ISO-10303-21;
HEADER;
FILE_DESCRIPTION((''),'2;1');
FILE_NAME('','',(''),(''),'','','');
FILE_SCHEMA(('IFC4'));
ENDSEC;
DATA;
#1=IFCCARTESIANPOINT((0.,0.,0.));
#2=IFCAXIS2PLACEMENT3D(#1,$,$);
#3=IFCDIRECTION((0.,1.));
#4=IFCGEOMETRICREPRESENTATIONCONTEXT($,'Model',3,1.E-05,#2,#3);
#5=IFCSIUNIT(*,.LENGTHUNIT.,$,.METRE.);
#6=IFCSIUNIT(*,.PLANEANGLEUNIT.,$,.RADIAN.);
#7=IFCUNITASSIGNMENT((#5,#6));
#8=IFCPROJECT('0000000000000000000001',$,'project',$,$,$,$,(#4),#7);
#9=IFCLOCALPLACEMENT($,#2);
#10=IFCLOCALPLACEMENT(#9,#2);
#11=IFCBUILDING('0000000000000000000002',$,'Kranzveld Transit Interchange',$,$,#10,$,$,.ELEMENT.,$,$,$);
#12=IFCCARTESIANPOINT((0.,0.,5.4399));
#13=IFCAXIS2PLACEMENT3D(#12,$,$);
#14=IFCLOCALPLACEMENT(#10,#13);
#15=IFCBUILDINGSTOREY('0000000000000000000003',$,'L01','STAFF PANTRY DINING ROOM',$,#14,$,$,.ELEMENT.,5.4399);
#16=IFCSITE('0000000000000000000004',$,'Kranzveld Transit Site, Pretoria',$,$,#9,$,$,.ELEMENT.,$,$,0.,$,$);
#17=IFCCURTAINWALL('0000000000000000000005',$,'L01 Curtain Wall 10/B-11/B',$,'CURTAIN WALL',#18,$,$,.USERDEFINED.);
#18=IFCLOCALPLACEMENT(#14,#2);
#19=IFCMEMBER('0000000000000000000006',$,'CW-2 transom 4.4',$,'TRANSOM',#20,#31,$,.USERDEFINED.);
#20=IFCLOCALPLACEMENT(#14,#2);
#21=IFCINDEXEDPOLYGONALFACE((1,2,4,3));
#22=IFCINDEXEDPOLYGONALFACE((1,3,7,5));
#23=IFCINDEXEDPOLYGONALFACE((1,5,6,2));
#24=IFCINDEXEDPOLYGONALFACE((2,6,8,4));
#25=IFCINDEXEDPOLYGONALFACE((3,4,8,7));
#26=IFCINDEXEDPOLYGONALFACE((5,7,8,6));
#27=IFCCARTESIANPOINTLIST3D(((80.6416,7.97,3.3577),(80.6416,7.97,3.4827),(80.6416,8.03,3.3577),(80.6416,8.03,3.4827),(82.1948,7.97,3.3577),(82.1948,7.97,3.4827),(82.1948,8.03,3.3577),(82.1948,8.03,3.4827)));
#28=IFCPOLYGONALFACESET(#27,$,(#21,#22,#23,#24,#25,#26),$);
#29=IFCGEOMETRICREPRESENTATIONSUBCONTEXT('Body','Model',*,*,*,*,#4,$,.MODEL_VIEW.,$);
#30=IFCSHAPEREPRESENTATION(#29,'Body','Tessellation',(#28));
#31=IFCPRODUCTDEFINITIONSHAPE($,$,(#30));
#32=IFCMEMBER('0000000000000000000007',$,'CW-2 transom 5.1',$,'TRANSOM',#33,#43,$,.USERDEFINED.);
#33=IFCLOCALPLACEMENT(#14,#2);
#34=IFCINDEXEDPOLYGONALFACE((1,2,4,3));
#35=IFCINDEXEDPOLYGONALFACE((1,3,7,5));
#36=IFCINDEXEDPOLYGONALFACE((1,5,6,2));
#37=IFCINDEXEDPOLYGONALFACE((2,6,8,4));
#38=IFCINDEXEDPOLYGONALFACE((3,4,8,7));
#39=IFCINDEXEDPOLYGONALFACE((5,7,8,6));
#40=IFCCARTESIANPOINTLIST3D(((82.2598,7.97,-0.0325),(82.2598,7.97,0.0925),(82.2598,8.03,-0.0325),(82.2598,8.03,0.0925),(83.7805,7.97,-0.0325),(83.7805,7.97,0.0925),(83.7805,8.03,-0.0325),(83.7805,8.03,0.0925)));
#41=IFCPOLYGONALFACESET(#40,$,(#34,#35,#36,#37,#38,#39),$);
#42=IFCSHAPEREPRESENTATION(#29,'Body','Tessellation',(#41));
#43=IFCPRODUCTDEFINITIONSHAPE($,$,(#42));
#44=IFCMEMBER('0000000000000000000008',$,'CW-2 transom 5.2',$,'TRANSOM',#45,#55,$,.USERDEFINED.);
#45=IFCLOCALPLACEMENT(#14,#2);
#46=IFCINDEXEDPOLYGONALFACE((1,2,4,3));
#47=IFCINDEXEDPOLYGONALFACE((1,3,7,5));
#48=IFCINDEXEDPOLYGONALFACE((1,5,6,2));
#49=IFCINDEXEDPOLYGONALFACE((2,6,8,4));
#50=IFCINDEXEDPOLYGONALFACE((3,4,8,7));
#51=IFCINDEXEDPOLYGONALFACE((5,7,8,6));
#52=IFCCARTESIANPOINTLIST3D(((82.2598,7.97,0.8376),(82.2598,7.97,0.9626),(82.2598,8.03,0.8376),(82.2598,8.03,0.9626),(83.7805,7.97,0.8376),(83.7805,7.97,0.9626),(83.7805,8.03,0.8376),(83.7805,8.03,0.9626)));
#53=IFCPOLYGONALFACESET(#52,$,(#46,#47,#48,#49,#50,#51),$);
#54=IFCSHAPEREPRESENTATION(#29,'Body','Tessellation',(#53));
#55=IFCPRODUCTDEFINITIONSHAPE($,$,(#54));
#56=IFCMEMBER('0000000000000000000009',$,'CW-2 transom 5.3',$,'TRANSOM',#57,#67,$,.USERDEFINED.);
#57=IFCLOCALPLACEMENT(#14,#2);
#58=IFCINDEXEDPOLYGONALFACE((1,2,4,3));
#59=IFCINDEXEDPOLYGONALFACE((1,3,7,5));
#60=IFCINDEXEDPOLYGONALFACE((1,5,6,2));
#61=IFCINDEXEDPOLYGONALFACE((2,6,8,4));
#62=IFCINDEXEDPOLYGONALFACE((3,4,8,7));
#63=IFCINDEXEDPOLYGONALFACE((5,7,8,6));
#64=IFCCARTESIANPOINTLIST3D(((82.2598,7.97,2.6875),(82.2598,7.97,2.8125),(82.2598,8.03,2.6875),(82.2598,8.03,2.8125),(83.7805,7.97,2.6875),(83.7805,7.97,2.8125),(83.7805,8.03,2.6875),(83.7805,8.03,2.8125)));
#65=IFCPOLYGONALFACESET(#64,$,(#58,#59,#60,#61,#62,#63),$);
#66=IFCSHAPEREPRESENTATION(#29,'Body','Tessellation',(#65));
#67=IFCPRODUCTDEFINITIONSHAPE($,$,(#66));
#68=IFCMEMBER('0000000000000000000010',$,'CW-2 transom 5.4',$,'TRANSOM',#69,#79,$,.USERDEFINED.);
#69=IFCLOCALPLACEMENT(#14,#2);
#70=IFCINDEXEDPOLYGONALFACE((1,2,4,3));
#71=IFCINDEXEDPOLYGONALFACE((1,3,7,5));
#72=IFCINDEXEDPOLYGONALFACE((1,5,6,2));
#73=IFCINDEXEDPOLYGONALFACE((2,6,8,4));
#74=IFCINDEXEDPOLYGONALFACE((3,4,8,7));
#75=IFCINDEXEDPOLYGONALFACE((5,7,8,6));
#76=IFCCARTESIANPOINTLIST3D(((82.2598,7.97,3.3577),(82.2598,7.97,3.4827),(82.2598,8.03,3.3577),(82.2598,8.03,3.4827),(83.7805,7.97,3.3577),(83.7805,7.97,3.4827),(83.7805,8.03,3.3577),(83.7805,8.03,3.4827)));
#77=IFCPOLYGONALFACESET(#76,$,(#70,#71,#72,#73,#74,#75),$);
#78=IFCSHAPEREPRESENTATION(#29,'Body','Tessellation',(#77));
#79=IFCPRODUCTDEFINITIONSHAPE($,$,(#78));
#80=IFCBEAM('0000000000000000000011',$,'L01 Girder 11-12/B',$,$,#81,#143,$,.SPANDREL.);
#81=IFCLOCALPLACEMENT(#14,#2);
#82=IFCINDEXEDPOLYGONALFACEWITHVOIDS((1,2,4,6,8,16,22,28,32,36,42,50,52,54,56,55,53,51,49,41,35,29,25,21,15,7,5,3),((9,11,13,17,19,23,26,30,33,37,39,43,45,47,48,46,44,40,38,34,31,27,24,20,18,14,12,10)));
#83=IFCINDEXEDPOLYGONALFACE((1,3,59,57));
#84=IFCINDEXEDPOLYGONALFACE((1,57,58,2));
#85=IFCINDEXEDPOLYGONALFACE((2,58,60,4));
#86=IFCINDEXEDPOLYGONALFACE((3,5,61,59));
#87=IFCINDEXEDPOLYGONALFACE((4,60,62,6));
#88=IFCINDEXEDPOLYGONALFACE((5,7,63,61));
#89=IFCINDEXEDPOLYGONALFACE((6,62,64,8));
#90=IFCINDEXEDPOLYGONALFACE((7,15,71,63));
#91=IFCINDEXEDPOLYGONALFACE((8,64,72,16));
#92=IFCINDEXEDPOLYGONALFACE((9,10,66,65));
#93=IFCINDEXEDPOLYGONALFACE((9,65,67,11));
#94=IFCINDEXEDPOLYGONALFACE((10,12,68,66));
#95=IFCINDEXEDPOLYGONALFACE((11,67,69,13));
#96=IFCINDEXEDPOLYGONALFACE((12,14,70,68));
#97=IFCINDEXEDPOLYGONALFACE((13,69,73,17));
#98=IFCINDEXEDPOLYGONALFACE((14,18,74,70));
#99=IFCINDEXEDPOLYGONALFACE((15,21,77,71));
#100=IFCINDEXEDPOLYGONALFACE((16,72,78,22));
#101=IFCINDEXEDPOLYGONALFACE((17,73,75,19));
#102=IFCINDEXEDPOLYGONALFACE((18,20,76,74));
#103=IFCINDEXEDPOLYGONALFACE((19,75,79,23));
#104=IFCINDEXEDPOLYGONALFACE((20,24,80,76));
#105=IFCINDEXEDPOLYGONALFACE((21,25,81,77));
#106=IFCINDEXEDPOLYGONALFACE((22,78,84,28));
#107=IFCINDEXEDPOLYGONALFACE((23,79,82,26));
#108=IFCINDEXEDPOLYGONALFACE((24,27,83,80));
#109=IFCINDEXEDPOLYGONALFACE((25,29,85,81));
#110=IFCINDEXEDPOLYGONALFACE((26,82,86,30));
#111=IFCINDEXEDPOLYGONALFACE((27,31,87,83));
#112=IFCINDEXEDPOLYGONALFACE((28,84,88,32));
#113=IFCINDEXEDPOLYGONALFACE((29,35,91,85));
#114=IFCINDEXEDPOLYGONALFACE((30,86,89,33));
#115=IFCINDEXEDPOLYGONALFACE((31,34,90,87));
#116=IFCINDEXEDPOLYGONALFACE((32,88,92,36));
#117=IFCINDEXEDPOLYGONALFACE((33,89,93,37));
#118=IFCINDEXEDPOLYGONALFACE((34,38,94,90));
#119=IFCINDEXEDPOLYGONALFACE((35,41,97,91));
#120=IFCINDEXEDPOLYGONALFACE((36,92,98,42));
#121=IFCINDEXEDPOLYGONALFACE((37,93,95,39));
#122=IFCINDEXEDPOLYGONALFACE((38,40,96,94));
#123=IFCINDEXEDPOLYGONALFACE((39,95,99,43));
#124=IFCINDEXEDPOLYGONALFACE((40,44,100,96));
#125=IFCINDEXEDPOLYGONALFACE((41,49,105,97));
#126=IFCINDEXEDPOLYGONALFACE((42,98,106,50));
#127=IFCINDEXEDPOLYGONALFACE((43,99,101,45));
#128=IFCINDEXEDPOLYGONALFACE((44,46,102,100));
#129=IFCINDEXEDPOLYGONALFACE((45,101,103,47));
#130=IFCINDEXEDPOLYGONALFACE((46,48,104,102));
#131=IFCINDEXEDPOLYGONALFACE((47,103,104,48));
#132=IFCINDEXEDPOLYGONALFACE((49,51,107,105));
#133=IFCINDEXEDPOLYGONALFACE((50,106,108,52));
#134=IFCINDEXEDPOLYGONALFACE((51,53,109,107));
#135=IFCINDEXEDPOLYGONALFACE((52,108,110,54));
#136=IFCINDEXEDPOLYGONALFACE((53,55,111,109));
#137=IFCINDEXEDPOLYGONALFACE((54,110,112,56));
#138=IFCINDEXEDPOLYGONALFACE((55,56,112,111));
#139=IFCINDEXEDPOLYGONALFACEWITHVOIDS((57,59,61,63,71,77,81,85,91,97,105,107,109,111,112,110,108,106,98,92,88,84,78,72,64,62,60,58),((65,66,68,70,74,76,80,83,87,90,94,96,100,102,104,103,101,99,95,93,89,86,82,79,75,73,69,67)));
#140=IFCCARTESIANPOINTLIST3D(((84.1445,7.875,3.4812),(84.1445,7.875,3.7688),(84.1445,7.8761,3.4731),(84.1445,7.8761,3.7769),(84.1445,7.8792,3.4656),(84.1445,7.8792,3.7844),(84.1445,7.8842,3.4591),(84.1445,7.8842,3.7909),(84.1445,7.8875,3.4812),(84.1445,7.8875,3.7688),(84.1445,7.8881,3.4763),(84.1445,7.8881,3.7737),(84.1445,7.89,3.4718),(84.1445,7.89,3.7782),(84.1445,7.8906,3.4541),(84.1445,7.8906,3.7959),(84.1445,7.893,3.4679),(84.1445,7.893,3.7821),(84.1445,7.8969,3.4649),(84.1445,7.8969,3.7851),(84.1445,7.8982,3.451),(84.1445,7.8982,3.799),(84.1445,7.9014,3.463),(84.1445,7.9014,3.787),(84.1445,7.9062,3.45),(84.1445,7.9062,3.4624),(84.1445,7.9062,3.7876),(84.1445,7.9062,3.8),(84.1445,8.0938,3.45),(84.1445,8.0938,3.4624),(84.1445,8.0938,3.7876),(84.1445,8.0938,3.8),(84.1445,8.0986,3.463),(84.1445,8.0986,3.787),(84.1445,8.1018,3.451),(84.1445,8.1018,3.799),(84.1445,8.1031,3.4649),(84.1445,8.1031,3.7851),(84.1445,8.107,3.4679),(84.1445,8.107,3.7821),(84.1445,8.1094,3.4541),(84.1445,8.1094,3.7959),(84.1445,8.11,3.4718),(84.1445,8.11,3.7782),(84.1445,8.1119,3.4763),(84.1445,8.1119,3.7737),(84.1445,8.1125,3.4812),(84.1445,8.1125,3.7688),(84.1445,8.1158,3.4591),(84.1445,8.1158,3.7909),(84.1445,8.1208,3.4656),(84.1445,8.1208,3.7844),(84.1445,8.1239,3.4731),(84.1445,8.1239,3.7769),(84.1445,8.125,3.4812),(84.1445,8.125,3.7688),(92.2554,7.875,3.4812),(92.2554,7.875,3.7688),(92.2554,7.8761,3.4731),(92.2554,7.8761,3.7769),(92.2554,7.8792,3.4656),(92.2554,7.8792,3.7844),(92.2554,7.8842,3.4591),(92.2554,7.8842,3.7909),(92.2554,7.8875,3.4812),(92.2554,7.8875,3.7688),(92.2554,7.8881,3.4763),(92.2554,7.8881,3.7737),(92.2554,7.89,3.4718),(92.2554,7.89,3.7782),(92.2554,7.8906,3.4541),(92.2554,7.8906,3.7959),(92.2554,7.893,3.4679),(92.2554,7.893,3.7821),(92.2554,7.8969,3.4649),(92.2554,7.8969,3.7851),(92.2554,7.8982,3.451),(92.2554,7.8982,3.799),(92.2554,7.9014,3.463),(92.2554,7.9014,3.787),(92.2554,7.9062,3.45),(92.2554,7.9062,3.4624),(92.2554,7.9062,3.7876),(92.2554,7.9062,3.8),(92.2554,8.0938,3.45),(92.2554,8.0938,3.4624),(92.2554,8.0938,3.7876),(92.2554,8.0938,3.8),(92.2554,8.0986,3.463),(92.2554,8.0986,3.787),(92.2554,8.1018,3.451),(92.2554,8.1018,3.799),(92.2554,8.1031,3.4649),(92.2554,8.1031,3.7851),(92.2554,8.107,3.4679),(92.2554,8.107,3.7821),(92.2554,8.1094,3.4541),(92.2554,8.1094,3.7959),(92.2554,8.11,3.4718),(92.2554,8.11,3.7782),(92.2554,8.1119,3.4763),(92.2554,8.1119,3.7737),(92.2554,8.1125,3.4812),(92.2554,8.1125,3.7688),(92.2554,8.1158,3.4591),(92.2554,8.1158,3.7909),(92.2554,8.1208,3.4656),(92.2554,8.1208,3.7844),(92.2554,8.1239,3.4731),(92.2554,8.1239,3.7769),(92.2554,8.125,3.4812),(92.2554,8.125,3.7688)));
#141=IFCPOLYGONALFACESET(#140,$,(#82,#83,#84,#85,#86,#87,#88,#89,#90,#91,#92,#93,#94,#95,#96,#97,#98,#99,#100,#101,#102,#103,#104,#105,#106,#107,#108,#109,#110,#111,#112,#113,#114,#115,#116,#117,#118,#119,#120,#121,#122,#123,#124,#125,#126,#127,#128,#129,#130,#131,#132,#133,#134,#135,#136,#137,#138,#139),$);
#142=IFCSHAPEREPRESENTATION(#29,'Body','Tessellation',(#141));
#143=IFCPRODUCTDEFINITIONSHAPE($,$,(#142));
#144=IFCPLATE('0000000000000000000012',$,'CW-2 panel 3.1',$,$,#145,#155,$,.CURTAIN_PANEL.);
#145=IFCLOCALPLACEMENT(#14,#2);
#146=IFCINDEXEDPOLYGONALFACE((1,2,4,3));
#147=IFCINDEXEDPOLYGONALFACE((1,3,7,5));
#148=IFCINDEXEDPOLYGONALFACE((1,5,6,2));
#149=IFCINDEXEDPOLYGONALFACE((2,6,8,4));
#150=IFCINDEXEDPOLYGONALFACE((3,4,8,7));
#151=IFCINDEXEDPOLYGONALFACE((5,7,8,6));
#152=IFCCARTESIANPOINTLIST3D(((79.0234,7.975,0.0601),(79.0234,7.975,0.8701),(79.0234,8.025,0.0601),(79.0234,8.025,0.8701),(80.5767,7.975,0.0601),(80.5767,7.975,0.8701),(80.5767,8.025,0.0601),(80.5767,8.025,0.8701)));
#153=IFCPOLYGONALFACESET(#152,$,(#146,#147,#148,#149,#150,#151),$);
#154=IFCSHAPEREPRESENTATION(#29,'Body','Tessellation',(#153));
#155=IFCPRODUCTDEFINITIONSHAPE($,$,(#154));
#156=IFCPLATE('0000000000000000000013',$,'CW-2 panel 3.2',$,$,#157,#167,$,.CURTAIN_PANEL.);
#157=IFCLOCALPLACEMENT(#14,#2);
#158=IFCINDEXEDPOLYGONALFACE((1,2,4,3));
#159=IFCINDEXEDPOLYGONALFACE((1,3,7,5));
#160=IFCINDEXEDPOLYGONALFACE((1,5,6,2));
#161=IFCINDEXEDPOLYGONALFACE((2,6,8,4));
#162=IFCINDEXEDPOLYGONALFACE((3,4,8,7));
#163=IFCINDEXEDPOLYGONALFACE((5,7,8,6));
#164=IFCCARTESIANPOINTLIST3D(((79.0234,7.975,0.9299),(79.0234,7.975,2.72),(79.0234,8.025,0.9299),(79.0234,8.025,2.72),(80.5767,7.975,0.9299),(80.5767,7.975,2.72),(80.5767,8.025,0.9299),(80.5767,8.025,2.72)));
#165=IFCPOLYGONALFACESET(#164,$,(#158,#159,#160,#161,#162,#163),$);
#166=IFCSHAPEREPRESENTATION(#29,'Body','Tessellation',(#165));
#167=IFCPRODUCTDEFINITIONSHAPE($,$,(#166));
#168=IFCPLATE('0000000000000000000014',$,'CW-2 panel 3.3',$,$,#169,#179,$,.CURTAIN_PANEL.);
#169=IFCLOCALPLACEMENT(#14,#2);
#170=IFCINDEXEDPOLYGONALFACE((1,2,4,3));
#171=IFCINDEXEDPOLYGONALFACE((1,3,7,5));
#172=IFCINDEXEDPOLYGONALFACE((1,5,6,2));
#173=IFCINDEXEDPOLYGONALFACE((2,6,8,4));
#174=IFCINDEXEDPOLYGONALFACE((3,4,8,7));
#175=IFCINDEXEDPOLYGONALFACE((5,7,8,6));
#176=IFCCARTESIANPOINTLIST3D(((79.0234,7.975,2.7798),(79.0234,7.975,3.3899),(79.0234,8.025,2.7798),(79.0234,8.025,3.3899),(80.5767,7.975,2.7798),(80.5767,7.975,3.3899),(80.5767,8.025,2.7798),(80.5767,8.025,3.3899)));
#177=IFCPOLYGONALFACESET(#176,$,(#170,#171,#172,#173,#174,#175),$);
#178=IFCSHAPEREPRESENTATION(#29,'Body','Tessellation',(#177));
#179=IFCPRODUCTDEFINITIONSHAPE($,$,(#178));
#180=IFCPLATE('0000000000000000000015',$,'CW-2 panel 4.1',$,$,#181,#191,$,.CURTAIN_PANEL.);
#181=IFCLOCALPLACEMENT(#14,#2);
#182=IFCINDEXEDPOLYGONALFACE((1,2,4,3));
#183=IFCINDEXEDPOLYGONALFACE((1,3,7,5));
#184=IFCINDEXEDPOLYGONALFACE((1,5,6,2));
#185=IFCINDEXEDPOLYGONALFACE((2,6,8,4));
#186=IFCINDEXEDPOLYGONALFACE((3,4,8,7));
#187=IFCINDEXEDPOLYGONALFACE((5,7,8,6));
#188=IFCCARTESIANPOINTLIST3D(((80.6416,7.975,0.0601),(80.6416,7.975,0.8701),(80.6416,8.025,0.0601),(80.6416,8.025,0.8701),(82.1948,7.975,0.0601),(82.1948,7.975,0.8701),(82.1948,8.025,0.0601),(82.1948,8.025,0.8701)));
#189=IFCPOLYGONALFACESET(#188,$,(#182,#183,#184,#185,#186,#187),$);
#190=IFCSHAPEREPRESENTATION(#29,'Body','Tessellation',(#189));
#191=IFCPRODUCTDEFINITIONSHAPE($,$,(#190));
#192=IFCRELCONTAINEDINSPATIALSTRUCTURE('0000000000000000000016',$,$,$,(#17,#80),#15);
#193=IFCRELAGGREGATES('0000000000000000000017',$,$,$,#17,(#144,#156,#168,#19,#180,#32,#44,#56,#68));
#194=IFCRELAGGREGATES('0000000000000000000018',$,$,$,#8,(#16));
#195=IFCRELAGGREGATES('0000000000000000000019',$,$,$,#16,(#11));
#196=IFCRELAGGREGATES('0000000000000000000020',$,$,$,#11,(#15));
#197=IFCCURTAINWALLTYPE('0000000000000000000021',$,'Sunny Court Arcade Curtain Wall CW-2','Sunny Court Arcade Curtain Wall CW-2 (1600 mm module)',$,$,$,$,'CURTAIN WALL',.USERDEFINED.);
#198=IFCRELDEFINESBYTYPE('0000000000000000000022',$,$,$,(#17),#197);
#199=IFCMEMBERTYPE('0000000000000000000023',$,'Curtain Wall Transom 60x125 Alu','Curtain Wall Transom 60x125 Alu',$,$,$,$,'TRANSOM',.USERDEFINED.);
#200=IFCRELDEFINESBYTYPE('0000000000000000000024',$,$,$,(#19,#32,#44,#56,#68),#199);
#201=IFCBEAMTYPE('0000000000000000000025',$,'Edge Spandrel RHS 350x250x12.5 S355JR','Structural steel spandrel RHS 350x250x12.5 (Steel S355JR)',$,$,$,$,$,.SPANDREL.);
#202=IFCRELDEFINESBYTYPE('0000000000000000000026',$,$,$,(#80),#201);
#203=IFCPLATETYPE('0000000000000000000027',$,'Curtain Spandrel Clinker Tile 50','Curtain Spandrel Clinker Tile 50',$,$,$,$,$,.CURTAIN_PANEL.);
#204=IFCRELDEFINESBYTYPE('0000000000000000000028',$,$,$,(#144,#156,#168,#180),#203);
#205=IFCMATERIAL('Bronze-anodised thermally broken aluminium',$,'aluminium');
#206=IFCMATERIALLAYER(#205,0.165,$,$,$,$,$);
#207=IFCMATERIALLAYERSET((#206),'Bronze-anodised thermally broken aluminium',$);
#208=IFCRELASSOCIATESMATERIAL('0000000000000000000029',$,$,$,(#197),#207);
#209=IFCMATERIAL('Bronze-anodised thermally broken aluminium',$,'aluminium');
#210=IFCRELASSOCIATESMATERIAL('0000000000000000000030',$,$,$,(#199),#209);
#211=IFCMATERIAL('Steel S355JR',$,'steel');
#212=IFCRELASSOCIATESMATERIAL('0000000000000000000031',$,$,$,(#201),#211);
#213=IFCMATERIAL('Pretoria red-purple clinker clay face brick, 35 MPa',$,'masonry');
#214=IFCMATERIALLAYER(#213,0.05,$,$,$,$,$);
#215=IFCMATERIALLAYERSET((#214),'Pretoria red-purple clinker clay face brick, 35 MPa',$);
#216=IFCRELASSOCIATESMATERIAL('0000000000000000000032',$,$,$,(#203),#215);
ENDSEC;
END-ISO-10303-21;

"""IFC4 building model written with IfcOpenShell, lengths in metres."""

from ifc_helpers import new_model, si_unit, direction, frame, origin, origin_2d, place, context, subcontext, project, spatial, rectangle, hollow_rectangle, extrude, material, layer, layer_set, material_profile, profile_set, type_object, element, aggregate, save


model = new_model("IFC4")

# Units and contexts
model_context = context("Model", 3, precision=1e-05, world=origin(), true_north=direction((0.0, 1.0)))
body_context = subcontext(model_context, "Body", "Model", "MODEL_VIEW")
ifc_project = project(units=[si_unit("LENGTHUNIT", "METRE"), si_unit("PLANEANGLEUNIT", "RADIAN")], contexts=[model_context])

# Site, building, storey
site_placement = place(None, origin())
site = spatial("IfcSite", under=ifc_project, at=site_placement, Name="Kranzveld Transit Site, Pretoria", CompositionType="ELEMENT", RefElevation=0.0)
building_placement = place(site_placement, origin())
building = spatial("IfcBuilding", under=site, at=building_placement, Name="Kranzveld Transit Interchange", CompositionType="ELEMENT")
storey_placement = place(building_placement, frame((0.0, 0.0, 5.4399)))
storey = spatial("IfcBuildingStorey", under=building, at=storey_placement, Name="L01", Description="STAFF PANTRY DINING ROOM", CompositionType="ELEMENT", Elevation=5.4399)

# Curtain wall, members
ifc_material_1 = material(Name="Bronze-anodised thermally broken aluminium", Category="aluminium")
ifc_layer_1 = layer(ifc_material_1, 0.165)
ifc_layer_set_1 = layer_set([ifc_layer_1], Name="Bronze-anodised thermally broken aluminium")
curtain_wall_type = type_object("IfcCurtainWallType", Name="Sunny Court Arcade Curtain Wall CW-2", Description="Sunny Court Arcade Curtain Wall CW-2 (1600 mm module)", ElementType="CURTAIN WALL", PredefinedType="USERDEFINED", material=ifc_layer_set_1)
curtain_wall_placement = place(storey_placement, origin())
curtain_wall = element("IfcCurtainWall", 1, at=curtain_wall_placement, inside=storey, type_object=curtain_wall_type, Name="L01 Curtain Wall 10/B-11/B", ObjectType="CURTAIN WALL", PredefinedType="USERDEFINED")
ifc_material_2 = material(Name="Bronze-anodised thermally broken aluminium", Category="aluminium")
ifc_material_profile_1 = material_profile(ifc_material_2, rectangle(XDim=0.0601, YDim=0.125, at=origin_2d()), Name="ALU TRANSOM 60x125")
ifc_profile_set_1 = profile_set([ifc_material_profile_1], Name="Bronze-anodised thermally broken aluminium")
member_type_1 = type_object("IfcMemberType", Name="Curtain Wall Transom 60x125 Alu", Description="Curtain Wall Transom 60x125 Alu", ElementType="TRANSOM", PredefinedType="USERDEFINED", material=ifc_profile_set_1)
member_1_placement = place(storey_placement, frame((80.6416, 8.0, 3.4202), z_axis=(1.0, 0.0, 0.0), x_axis=(0.0, 1.0, 0.0)))
member_1 = element("IfcMember", 2, at=member_1_placement, type_object=member_type_1, Name="CW-2 transom 4.4", ObjectType="TRANSOM", PredefinedType="USERDEFINED", context=body_context, shape_type="SweptSolid", body=[
    extrude(rectangle(XDim=0.0601, YDim=0.125, at=origin_2d()), origin(), (0.0, 0.0, 1.0), 1.5532),
])
member_2_placement = place(storey_placement, frame((82.2598, 8.0, 0.03), z_axis=(1.0, 0.0, 0.0), x_axis=(0.0, 1.0, 0.0)))
member_2 = element("IfcMember", 3, at=member_2_placement, type_object=member_type_1, Name="CW-2 transom 5.1", ObjectType="TRANSOM", PredefinedType="USERDEFINED", context=body_context, shape_type="SweptSolid", body=[
    extrude(rectangle(XDim=0.0601, YDim=0.125, at=origin_2d()), origin(), (0.0, 0.0, 1.0), 1.5208),
])
member_3_placement = place(storey_placement, frame((82.2598, 8.0, 0.9001), z_axis=(1.0, 0.0, 0.0), x_axis=(0.0, 1.0, 0.0)))
member_3 = element("IfcMember", 4, at=member_3_placement, type_object=member_type_1, Name="CW-2 transom 5.2", ObjectType="TRANSOM", PredefinedType="USERDEFINED", context=body_context, shape_type="SweptSolid", body=[
    extrude(rectangle(XDim=0.0601, YDim=0.125, at=origin_2d()), origin(), (0.0, 0.0, 1.0), 1.5208),
])
member_4_placement = place(storey_placement, frame((82.2598, 8.0, 2.75), z_axis=(1.0, 0.0, 0.0), x_axis=(0.0, 1.0, 0.0)))
member_4 = element("IfcMember", 5, at=member_4_placement, type_object=member_type_1, Name="CW-2 transom 5.3", ObjectType="TRANSOM", PredefinedType="USERDEFINED", context=body_context, shape_type="SweptSolid", body=[
    extrude(rectangle(XDim=0.0601, YDim=0.125, at=origin_2d()), origin(), (0.0, 0.0, 1.0), 1.5208),
])
member_5_placement = place(storey_placement, frame((82.2598, 8.0, 3.4202), z_axis=(1.0, 0.0, 0.0), x_axis=(0.0, 1.0, 0.0)))
member_5 = element("IfcMember", 6, at=member_5_placement, type_object=member_type_1, Name="CW-2 transom 5.4", ObjectType="TRANSOM", PredefinedType="USERDEFINED", context=body_context, shape_type="SweptSolid", body=[
    extrude(rectangle(XDim=0.0601, YDim=0.125, at=origin_2d()), origin(), (0.0, 0.0, 1.0), 1.5208),
])

# Beam
ifc_material_3 = material(Name="Steel S355JR", Category="steel")
ifc_material_profile_2 = material_profile(ifc_material_3, hollow_rectangle(XDim=0.25, YDim=0.3501, WallThickness=0.0125, InnerFilletRadius=0.0188, OuterFilletRadius=0.0312, at=origin_2d()), Name="RHS 350x250x12.5")
ifc_profile_set_2 = profile_set([ifc_material_profile_2], Name="Steel S355JR")
beam_type_1 = type_object("IfcBeamType", Name="Edge Spandrel RHS 350x250x12.5 S355JR", Description="Structural steel spandrel RHS 350x250x12.5 (Steel S355JR)", PredefinedType="SPANDREL", material=ifc_profile_set_2)
beam_1_placement = place(storey_placement, frame((84.1445, 8.0, 3.625), z_axis=(1.0, 0.0, 0.0), x_axis=(0.0, 1.0, 0.0)))
element("IfcBeam", 7, at=beam_1_placement, inside=storey, type_object=beam_type_1, Name="L01 Girder 11-12/B", PredefinedType="SPANDREL", context=body_context, shape_type="SweptSolid", body=[
    extrude(hollow_rectangle(XDim=0.25, YDim=0.3501, WallThickness=0.0125, InnerFilletRadius=0.0188, OuterFilletRadius=0.0312, at=origin_2d()), origin(), (0.0, 0.0, 1.0), 8.1108),
])

# Plates
ifc_material_4 = material(Name="Pretoria red-purple clinker clay face brick, 35 MPa", Category="masonry")
ifc_layer_2 = layer(ifc_material_4, 0.05)
ifc_layer_set_2 = layer_set([ifc_layer_2], Name="Pretoria red-purple clinker clay face brick, 35 MPa")
plate_type = type_object("IfcPlateType", Name="Curtain Spandrel Clinker Tile 50", Description="Curtain Spandrel Clinker Tile 50", PredefinedType="CURTAIN_PANEL", material=ifc_layer_set_2)
plate_1_placement = place(storey_placement, frame((79.8, 8.0, 0.0601), z_axis=(0.0, 0.0, 1.0), x_axis=(1.0, 0.0, 0.0)))
plate_1 = element("IfcPlate", 8, at=plate_1_placement, type_object=plate_type, Name="CW-2 panel 3.1", PredefinedType="CURTAIN_PANEL", context=body_context, shape_type="SweptSolid", body=[
    extrude(rectangle(XDim=1.5532, YDim=0.05, at=origin_2d()), origin(), (0.0, 0.0, 1.0), 0.8101),
])
plate_2_placement = place(storey_placement, frame((79.8, 8.0, 0.9299), z_axis=(0.0, 0.0, 1.0), x_axis=(1.0, 0.0, 0.0)))
plate_2 = element("IfcPlate", 9, at=plate_2_placement, type_object=plate_type, Name="CW-2 panel 3.2", PredefinedType="CURTAIN_PANEL", context=body_context, shape_type="SweptSolid", body=[
    extrude(rectangle(XDim=1.5532, YDim=0.05, at=origin_2d()), origin(), (0.0, 0.0, 1.0), 1.79),
])
plate_3_placement = place(storey_placement, frame((79.8, 8.0, 2.7798), z_axis=(0.0, 0.0, 1.0), x_axis=(1.0, 0.0, 0.0)))
plate_3 = element("IfcPlate", 10, at=plate_3_placement, type_object=plate_type, Name="CW-2 panel 3.3", PredefinedType="CURTAIN_PANEL", context=body_context, shape_type="SweptSolid", body=[
    extrude(rectangle(XDim=1.5532, YDim=0.05, at=origin_2d()), origin(), (0.0, 0.0, 1.0), 0.6101),
])
plate_4_placement = place(storey_placement, frame((81.4182, 8.0, 0.0601), z_axis=(0.0, 0.0, 1.0), x_axis=(1.0, 0.0, 0.0)))
plate_4 = element("IfcPlate", 11, at=plate_4_placement, type_object=plate_type, Name="CW-2 panel 4.1", PredefinedType="CURTAIN_PANEL", context=body_context, shape_type="SweptSolid", body=[
    extrude(rectangle(XDim=1.5532, YDim=0.05, at=origin_2d()), origin(), (0.0, 0.0, 1.0), 0.8101),
])
aggregate(curtain_wall, [plate_1, plate_2, plate_3, member_1, plate_4, member_2, member_3, member_4, member_5])

save(model, "model.ifc")
